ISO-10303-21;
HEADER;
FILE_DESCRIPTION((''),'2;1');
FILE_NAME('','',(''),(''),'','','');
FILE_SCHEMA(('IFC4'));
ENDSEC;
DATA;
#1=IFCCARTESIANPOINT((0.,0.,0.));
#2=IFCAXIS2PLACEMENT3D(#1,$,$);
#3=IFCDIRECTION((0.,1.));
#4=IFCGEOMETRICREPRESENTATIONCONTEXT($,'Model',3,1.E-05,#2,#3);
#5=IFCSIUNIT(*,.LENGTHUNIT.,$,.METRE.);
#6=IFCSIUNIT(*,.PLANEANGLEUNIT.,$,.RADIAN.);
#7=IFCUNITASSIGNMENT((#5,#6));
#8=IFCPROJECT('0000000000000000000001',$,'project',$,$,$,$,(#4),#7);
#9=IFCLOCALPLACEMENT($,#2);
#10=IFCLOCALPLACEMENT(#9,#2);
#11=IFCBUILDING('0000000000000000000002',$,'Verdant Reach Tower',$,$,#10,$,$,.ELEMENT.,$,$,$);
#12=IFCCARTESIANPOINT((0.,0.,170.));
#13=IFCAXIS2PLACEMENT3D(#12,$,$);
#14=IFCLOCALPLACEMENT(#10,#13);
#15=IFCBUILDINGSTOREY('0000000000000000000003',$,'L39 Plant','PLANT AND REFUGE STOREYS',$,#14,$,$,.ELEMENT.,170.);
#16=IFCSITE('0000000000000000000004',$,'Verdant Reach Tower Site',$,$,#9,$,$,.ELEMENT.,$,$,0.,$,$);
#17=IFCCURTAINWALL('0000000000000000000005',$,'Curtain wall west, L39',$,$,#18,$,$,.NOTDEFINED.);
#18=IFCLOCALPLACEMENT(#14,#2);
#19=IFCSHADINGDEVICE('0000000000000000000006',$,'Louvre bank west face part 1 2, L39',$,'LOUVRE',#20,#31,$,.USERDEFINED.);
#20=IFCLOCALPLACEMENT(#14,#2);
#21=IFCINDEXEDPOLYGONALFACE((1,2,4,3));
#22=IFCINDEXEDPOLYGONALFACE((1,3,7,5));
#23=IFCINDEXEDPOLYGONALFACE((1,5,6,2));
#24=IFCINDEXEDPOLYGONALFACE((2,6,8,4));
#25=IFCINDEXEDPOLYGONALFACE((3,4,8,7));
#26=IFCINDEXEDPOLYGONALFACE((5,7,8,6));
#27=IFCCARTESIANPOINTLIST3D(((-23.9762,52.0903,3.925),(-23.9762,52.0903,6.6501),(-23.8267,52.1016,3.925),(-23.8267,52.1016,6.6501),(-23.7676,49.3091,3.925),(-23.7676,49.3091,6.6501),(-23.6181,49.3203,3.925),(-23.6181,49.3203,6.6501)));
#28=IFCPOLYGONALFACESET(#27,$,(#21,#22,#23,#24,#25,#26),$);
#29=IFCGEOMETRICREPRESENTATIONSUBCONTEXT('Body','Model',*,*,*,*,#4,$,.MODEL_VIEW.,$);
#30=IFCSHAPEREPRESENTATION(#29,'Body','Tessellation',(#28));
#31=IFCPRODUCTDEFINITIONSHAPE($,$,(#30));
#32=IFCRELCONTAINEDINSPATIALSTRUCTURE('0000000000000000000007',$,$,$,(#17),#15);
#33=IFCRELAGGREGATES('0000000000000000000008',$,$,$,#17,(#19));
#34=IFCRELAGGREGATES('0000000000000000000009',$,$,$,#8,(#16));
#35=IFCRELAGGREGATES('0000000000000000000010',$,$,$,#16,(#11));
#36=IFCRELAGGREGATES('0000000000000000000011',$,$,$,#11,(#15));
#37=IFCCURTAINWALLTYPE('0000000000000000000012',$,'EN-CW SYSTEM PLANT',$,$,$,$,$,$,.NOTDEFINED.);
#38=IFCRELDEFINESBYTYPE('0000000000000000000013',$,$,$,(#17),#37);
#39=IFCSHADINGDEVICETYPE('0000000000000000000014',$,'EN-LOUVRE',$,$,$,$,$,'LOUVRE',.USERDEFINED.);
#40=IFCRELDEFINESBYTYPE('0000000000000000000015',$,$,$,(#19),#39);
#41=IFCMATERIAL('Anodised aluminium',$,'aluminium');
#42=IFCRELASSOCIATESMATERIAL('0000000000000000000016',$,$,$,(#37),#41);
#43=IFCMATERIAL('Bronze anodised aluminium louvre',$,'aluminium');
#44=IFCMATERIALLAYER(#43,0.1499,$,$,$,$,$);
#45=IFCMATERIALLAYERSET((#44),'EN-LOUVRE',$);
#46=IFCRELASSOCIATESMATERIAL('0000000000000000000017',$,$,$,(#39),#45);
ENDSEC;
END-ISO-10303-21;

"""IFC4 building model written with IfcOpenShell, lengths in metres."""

from ifc_helpers import new_model, si_unit, direction, frame, origin, origin_2d, place, context, subcontext, project, spatial, rectangle, extrude, material, layer, layer_set, type_object, element, aggregate, save


model = new_model("IFC4")

# Units and contexts
model_context = context("Model", 3, precision=1e-05, world=origin(), true_north=direction((0.0, 1.0)))
body_context = subcontext(model_context, "Body", "Model", "MODEL_VIEW")
ifc_project = project(units=[si_unit("LENGTHUNIT", "METRE"), si_unit("PLANEANGLEUNIT", "RADIAN")], contexts=[model_context])

# Site, building, storey
site_placement = place(None, origin())
site = spatial("IfcSite", under=ifc_project, at=site_placement, Name="Verdant Reach Tower Site", CompositionType="ELEMENT", RefElevation=0.0)
building_placement = place(site_placement, origin())
building = spatial("IfcBuilding", under=site, at=building_placement, Name="Verdant Reach Tower", CompositionType="ELEMENT")
storey_placement = place(building_placement, frame((0.0, 0.0, 170.0)))
storey = spatial("IfcBuildingStorey", under=building, at=storey_placement, Name="L39 Plant", Description="PLANT AND REFUGE STOREYS", CompositionType="ELEMENT", Elevation=170.0)

# Curtain wall
ifc_material_1 = material(Name="Anodised aluminium", Category="aluminium")
curtain_wall_type = type_object("IfcCurtainWallType", Name="EN-CW SYSTEM PLANT", PredefinedType="NOTDEFINED", material=ifc_material_1)
curtain_wall_1_placement = place(storey_placement, origin())
curtain_wall_1 = element("IfcCurtainWall", 1, at=curtain_wall_1_placement, inside=storey, type_object=curtain_wall_type, Name="Curtain wall west, L39", PredefinedType="NOTDEFINED")

# Shading device
ifc_material_2 = material(Name="Bronze anodised aluminium louvre", Category="aluminium")
ifc_layer_1 = layer(ifc_material_2, 0.1499)
ifc_layer_set_1 = layer_set([ifc_layer_1], Name="EN-LOUVRE")
shading_device_type = type_object("IfcShadingDeviceType", Name="EN-LOUVRE", ElementType="LOUVRE", PredefinedType="USERDEFINED", material=ifc_layer_set_1)
shading_device_1_placement = place(storey_placement, frame((-23.7971, 50.7053, 3.925), z_axis=(0.0, 0.0, 1.0), x_axis=(0.07479, -0.997199, 0.0)))
shading_device_1 = element("IfcShadingDevice", 2, at=shading_device_1_placement, type_object=shading_device_type, Name="Louvre bank west face part 1 2, L39", ObjectType="LOUVRE", PredefinedType="USERDEFINED", context=body_context, shape_type="SweptSolid", body=[
    extrude(rectangle(XDim=2.7891, YDim=0.1499, at=origin_2d()), origin(), (0.0, 0.0, 1.0), 2.7251),
])
aggregate(curtain_wall_1, [shading_device_1])

save(model, "model.ifc")
